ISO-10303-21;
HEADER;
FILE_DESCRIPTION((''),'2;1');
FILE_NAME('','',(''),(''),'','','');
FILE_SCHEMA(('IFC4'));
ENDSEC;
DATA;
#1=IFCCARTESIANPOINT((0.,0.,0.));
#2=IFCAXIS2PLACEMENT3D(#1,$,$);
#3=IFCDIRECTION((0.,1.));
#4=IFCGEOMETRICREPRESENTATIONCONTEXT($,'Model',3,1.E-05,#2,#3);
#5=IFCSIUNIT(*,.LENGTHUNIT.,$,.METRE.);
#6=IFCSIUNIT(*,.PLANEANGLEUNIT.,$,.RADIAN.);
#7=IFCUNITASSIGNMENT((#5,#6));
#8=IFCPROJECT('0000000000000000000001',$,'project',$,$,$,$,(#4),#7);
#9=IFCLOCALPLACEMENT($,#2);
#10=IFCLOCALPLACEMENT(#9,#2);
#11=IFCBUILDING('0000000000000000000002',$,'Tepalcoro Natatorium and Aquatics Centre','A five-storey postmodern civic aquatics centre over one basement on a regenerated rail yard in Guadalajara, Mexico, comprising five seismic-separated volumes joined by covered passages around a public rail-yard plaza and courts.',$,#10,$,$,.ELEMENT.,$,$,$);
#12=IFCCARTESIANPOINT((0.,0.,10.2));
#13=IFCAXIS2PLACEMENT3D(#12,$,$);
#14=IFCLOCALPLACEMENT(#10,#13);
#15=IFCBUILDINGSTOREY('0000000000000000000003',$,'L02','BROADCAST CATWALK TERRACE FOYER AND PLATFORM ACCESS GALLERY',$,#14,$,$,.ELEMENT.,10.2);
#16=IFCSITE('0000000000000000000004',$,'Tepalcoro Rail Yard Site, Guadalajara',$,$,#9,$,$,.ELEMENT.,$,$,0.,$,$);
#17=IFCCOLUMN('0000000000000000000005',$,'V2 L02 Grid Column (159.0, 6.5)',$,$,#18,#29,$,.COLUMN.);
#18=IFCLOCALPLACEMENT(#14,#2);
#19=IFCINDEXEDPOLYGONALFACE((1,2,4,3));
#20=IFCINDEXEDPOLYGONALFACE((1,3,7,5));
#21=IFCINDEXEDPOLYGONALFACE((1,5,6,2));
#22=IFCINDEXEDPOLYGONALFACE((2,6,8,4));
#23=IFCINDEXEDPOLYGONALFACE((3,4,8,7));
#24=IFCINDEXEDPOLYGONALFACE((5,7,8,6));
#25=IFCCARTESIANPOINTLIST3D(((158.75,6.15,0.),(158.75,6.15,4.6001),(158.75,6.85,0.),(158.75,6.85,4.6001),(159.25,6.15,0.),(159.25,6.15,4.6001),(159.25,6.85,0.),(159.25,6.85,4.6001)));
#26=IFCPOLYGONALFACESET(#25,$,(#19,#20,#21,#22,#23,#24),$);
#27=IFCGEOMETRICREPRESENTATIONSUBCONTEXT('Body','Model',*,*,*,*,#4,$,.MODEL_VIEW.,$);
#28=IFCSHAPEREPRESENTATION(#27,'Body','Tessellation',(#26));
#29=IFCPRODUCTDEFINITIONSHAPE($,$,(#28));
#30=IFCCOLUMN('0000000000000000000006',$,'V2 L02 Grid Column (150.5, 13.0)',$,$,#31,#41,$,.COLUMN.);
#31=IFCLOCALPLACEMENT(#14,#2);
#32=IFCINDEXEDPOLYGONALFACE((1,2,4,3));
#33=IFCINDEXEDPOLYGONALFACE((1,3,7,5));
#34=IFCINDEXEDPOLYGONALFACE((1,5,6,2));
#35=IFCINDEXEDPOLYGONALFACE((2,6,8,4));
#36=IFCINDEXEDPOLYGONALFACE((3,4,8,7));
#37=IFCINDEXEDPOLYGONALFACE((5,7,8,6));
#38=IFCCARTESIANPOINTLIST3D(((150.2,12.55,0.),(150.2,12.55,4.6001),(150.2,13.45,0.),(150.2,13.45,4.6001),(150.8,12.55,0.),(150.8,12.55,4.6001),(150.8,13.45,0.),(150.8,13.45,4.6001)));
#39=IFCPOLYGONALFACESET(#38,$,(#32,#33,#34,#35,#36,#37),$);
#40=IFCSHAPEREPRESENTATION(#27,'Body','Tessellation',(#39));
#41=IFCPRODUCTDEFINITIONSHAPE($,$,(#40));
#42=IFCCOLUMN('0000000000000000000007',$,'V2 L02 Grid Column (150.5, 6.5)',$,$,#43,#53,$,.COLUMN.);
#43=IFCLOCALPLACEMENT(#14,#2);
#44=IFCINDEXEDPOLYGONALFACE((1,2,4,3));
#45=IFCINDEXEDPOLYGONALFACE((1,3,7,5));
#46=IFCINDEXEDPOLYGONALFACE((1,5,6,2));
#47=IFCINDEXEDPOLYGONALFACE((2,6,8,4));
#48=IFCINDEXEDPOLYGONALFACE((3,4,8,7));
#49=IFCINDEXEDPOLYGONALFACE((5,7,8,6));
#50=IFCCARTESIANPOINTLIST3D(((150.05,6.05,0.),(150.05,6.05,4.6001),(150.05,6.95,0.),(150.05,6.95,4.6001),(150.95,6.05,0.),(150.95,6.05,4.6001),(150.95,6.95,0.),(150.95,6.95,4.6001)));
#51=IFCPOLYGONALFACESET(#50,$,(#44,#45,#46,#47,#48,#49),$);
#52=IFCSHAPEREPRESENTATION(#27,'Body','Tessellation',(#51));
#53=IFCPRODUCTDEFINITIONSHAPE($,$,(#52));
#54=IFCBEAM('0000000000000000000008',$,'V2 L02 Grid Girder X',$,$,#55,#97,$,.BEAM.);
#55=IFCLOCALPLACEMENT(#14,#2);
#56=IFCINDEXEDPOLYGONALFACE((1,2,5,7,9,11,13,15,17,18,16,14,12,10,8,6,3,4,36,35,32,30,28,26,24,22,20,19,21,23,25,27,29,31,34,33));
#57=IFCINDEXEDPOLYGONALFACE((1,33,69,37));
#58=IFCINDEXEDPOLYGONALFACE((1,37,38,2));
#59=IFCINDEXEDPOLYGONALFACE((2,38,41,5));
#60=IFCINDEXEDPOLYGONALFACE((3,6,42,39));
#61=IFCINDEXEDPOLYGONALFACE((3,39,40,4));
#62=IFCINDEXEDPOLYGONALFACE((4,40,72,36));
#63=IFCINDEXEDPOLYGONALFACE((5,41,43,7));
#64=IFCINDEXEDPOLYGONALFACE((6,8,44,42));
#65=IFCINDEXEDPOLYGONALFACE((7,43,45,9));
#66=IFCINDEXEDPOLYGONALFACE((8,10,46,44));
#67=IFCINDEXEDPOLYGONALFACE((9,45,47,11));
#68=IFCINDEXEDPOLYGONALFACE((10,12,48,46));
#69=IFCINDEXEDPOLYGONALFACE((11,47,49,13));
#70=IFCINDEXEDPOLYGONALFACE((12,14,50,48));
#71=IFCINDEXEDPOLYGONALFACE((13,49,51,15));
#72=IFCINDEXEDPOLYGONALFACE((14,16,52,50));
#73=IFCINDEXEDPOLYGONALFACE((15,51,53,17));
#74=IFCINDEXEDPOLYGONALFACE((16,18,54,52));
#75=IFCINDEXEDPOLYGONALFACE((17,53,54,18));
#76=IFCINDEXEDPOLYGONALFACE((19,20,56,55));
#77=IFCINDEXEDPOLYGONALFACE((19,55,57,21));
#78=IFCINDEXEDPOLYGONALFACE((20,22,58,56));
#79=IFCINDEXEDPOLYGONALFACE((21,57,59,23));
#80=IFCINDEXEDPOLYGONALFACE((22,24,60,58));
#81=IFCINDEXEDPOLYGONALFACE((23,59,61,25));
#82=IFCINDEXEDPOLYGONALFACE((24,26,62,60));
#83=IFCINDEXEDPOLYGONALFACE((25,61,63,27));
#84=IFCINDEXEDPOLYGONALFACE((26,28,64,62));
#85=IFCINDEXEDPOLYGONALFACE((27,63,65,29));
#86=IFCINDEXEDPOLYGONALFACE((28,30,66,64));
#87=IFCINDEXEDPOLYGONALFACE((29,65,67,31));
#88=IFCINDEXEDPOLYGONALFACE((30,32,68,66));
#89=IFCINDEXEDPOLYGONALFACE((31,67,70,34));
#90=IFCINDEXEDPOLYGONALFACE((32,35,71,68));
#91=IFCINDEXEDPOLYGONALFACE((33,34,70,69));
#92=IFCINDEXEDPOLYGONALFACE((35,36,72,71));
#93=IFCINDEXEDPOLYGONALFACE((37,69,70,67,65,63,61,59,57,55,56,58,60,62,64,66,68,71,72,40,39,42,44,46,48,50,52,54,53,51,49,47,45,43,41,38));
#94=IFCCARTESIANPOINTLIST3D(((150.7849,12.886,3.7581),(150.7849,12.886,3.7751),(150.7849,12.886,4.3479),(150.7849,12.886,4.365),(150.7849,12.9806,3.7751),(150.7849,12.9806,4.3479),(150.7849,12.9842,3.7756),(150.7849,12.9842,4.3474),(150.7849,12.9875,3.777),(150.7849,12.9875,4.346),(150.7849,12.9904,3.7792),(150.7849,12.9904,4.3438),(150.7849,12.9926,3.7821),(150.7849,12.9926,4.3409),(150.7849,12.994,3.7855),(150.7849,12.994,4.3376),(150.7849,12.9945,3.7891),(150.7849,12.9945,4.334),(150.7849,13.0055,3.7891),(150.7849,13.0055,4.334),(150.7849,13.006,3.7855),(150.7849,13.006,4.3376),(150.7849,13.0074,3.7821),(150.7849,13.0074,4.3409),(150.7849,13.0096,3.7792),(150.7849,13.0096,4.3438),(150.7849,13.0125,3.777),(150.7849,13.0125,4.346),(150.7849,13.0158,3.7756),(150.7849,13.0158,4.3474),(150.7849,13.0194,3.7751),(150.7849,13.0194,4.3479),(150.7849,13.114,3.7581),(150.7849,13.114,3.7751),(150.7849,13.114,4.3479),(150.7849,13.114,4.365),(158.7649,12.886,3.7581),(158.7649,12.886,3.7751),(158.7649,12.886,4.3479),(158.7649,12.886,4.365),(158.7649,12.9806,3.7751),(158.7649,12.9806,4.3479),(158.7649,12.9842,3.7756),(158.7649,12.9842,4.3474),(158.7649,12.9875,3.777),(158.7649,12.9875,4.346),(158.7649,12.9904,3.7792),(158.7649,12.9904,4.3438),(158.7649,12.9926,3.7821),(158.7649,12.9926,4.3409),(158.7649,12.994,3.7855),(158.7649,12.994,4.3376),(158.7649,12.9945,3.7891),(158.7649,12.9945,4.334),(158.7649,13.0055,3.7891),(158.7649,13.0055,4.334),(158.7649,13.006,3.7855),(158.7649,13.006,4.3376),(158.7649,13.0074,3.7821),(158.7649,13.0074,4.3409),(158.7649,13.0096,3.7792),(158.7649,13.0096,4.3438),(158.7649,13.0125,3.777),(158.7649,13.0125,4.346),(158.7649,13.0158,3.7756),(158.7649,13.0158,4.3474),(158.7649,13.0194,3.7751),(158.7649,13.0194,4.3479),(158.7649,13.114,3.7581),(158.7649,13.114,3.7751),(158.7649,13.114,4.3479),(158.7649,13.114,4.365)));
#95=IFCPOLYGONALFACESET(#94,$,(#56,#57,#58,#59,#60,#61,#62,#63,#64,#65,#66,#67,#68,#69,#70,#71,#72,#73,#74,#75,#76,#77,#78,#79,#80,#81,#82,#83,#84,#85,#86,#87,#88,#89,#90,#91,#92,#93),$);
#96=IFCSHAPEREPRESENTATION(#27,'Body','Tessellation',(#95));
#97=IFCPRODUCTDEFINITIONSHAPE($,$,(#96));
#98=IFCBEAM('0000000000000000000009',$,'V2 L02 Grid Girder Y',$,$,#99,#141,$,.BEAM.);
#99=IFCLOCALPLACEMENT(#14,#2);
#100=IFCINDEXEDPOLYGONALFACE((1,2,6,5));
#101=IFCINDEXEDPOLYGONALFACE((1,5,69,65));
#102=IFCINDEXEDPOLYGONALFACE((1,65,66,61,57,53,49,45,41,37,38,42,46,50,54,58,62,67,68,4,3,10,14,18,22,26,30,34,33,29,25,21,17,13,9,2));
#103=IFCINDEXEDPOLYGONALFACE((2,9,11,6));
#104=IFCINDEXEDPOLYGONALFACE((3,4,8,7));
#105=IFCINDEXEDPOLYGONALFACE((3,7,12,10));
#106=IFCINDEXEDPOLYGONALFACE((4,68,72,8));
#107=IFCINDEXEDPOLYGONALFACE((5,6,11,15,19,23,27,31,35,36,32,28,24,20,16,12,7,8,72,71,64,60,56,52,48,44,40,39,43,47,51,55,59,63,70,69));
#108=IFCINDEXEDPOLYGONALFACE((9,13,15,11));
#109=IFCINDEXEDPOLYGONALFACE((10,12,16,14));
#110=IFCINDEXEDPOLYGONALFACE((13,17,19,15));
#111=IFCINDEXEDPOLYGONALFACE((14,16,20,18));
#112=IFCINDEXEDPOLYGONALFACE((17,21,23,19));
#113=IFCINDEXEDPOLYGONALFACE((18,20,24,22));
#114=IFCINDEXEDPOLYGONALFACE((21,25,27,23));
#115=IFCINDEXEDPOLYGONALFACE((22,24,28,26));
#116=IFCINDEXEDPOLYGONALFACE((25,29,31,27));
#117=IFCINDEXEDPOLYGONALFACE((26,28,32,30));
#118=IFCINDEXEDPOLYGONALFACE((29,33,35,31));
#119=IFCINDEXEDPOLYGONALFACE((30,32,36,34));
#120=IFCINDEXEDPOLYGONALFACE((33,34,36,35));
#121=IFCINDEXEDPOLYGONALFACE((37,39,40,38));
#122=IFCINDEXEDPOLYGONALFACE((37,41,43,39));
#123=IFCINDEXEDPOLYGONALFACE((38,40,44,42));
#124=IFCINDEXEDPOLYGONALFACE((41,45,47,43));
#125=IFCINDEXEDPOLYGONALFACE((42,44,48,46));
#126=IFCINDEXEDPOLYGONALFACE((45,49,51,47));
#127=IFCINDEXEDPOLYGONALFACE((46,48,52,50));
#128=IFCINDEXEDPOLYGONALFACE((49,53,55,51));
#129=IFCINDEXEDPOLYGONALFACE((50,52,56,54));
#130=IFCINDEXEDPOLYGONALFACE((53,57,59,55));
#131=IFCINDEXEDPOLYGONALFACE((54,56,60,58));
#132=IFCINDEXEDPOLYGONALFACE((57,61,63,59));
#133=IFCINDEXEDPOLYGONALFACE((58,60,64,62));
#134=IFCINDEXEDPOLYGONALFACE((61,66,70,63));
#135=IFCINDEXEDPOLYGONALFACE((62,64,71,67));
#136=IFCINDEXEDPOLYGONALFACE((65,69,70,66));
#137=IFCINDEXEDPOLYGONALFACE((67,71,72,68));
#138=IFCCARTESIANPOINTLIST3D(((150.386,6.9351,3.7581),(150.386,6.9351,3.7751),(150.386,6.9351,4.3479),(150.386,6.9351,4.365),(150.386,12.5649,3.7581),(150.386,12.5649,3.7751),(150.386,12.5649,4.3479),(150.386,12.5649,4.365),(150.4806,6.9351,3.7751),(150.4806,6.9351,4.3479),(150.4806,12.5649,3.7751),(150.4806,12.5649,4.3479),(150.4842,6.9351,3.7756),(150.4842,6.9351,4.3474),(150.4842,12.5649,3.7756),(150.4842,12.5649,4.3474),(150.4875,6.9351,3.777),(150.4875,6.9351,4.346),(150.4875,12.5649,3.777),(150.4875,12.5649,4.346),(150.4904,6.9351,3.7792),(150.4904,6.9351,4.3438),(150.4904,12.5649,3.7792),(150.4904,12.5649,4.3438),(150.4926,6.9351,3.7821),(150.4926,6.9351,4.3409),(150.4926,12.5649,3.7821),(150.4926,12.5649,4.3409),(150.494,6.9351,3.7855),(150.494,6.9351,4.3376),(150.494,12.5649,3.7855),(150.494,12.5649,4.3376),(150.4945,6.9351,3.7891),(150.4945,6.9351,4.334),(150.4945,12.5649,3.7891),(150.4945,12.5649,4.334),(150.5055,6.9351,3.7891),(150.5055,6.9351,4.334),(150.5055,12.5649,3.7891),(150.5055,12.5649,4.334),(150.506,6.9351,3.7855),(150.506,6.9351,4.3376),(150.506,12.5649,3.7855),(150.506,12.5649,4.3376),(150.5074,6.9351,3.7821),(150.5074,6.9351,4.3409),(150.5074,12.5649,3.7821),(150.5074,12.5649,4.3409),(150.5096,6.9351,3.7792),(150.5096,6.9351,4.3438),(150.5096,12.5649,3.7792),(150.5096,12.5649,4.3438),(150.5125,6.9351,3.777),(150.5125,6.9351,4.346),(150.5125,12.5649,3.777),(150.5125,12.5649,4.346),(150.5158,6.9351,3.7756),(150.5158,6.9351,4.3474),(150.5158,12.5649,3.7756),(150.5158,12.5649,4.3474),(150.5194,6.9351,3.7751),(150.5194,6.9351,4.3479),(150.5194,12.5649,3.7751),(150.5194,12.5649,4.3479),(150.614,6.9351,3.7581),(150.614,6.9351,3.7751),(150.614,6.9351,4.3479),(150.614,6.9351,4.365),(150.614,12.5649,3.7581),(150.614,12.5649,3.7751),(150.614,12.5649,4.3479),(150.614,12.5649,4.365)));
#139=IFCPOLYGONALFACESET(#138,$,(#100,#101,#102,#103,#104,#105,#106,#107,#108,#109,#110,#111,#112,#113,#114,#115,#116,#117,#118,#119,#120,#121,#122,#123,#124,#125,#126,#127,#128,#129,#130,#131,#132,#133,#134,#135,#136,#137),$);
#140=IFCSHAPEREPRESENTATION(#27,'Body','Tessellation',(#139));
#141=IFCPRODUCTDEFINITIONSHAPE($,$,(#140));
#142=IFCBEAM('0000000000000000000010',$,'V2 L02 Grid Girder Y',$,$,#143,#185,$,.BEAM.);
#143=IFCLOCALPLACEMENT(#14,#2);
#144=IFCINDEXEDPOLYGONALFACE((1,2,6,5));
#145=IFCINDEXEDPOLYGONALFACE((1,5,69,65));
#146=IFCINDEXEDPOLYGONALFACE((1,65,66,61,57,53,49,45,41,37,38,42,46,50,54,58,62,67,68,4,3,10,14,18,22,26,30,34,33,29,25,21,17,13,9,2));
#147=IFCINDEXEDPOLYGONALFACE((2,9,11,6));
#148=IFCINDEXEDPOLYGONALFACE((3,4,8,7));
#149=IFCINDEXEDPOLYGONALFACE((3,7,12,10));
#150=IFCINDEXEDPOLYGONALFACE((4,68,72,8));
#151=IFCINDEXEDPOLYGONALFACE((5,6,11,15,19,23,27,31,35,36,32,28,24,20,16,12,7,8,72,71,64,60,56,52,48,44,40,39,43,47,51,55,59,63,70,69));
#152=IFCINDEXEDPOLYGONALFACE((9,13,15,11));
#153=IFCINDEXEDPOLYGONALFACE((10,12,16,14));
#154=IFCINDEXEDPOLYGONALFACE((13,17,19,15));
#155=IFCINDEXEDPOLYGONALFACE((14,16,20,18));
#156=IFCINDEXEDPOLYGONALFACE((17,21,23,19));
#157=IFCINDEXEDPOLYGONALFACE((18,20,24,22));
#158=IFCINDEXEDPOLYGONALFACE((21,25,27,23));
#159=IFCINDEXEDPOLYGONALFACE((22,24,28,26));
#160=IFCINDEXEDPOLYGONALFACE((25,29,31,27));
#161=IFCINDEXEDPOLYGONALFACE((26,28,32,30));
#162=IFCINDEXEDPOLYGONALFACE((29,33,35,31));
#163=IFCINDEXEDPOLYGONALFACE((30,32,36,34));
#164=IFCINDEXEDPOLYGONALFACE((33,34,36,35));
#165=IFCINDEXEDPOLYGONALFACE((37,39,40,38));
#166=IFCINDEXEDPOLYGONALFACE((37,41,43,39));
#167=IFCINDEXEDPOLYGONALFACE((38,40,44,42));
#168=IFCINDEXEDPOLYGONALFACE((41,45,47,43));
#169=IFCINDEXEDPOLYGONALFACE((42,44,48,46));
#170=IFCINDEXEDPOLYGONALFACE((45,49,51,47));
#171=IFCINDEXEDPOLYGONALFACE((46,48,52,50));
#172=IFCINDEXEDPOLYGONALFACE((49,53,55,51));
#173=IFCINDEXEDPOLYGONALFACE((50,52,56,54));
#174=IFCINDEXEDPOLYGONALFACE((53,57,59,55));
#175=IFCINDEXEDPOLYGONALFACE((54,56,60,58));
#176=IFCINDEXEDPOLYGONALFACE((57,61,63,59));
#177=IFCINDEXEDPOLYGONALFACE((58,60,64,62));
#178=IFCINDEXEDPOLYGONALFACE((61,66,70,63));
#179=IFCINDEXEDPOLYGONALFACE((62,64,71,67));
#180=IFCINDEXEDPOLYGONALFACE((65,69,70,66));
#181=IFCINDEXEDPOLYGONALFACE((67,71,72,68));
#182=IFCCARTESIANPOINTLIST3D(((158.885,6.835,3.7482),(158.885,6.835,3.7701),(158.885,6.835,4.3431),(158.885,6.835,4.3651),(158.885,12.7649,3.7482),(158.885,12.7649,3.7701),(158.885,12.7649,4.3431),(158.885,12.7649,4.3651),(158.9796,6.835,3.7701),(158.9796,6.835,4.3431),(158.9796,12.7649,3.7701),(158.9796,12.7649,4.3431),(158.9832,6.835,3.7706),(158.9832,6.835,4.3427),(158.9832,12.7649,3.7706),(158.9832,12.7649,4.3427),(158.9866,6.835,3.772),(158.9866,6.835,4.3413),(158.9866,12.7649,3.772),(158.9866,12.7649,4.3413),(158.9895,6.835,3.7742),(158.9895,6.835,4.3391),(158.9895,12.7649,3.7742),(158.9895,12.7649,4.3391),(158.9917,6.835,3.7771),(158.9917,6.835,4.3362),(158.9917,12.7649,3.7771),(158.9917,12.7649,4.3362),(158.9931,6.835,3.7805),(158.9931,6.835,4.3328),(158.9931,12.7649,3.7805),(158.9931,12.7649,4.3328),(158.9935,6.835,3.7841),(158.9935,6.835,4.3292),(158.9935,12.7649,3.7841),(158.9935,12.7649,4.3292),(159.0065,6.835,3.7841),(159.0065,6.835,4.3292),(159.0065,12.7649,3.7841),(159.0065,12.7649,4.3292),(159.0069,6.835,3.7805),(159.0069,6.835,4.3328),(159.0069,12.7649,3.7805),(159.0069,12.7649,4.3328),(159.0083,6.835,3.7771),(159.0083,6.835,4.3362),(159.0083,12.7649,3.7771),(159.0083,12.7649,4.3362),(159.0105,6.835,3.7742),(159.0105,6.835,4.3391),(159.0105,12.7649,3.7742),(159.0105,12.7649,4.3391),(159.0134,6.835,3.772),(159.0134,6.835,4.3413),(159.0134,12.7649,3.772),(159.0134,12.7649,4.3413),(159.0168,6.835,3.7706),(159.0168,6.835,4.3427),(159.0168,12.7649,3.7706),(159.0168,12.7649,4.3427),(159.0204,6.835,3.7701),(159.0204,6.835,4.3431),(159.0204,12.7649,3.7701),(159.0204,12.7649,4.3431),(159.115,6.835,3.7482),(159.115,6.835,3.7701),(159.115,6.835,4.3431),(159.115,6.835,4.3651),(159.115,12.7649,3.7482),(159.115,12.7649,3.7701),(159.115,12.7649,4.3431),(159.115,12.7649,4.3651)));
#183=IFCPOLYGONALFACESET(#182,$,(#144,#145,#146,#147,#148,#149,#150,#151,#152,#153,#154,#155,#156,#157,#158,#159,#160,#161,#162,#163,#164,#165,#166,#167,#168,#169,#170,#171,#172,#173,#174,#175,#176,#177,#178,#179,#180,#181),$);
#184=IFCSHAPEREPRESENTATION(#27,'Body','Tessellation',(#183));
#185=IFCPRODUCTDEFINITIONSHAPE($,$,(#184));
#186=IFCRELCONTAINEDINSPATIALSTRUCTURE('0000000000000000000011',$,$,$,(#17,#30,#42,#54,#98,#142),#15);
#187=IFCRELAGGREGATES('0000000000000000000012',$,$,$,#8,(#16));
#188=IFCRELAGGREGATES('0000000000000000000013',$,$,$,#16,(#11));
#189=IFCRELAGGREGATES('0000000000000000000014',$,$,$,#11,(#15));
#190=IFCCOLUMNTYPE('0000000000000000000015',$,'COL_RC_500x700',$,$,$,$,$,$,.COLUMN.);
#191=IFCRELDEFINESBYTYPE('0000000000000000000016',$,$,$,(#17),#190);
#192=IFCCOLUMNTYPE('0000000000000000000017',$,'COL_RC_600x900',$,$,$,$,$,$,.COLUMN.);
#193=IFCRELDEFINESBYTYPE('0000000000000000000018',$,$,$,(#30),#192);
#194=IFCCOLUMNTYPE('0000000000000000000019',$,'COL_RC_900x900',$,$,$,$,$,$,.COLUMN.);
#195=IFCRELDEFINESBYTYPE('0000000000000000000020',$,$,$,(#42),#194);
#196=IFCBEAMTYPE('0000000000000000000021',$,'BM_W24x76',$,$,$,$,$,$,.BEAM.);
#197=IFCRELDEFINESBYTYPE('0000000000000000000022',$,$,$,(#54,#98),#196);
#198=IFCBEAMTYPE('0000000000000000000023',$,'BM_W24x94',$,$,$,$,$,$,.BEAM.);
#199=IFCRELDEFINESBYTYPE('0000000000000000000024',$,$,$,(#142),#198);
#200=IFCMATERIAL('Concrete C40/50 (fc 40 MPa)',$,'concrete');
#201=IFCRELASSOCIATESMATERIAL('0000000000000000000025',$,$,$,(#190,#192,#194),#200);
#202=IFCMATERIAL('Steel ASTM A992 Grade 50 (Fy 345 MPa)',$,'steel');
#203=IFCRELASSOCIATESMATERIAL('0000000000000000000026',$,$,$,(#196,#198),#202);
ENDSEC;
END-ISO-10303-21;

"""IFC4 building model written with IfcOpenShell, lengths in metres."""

from ifc_helpers import new_model, si_unit, direction, frame, origin, origin_2d, place, context, subcontext, project, spatial, rectangle, i_section, extrude, material, material_profile, profile_set, type_object, element, save


model = new_model("IFC4")

# Units and contexts
model_context = context("Model", 3, precision=1e-05, world=origin(), true_north=direction((0.0, 1.0)))
body_context = subcontext(model_context, "Body", "Model", "MODEL_VIEW")
ifc_project = project(units=[si_unit("LENGTHUNIT", "METRE"), si_unit("PLANEANGLEUNIT", "RADIAN")], contexts=[model_context])

# Site, building, storey
site_placement = place(None, origin())
site = spatial("IfcSite", under=ifc_project, at=site_placement, Name="Tepalcoro Rail Yard Site, Guadalajara", CompositionType="ELEMENT", RefElevation=0.0)
building_placement = place(site_placement, origin())
building = spatial("IfcBuilding", under=site, at=building_placement, Name="Tepalcoro Natatorium and Aquatics Centre", Description="A five-storey postmodern civic aquatics centre over one basement on a regenerated rail yard in Guadalajara, Mexico, comprising five seismic-separated volumes joined by covered passages around a public rail-yard plaza and courts.", CompositionType="ELEMENT")
storey_placement = place(building_placement, frame((0.0, 0.0, 10.2)))
storey = spatial("IfcBuildingStorey", under=building, at=storey_placement, Name="L02", Description="BROADCAST CATWALK TERRACE FOYER AND PLATFORM ACCESS GALLERY", CompositionType="ELEMENT", Elevation=10.2)

# Columns
ifc_material_1 = material(Name="Concrete C40/50 (fc 40 MPa)", Category="concrete")
ifc_material_profile_1 = material_profile(ifc_material_1, rectangle(XDim=0.5, YDim=0.7, at=origin_2d()), Name="RC500x700")
ifc_profile_set_1 = profile_set([ifc_material_profile_1], Name="Concrete C40/50 (fc 40 MPa)")
column_type_1 = type_object("IfcColumnType", Name="COL_RC_500x700", PredefinedType="COLUMN", material=ifc_profile_set_1)
column_1_placement = place(storey_placement, frame((159.0, 6.5, 0.0), z_axis=(0.0, 0.0, 1.0), x_axis=(1.0, 0.0, 0.0)))
element("IfcColumn", 1, at=column_1_placement, inside=storey, type_object=column_type_1, Name="V2 L02 Grid Column (159.0, 6.5)", PredefinedType="COLUMN", context=body_context, shape_type="SweptSolid", body=[
    extrude(rectangle(XDim=0.5, YDim=0.7, at=origin_2d()), origin(), (0.0, 0.0, 1.0), 4.6001),
])
ifc_material_profile_2 = material_profile(ifc_material_1, rectangle(XDim=0.6001, YDim=0.8999, at=origin_2d()), Name="RC600x900")
ifc_profile_set_2 = profile_set([ifc_material_profile_2], Name="Concrete C40/50 (fc 40 MPa)")
column_type_2 = type_object("IfcColumnType", Name="COL_RC_600x900", PredefinedType="COLUMN", material=ifc_profile_set_2)
column_2_placement = place(storey_placement, frame((150.5, 13.0, 0.0), z_axis=(0.0, 0.0, 1.0), x_axis=(1.0, 0.0, 0.0)))
element("IfcColumn", 2, at=column_2_placement, inside=storey, type_object=column_type_2, Name="V2 L02 Grid Column (150.5, 13.0)", PredefinedType="COLUMN", context=body_context, shape_type="SweptSolid", body=[
    extrude(rectangle(XDim=0.6001, YDim=0.8999, at=origin_2d()), origin(), (0.0, 0.0, 1.0), 4.6001),
])
ifc_material_profile_3 = material_profile(ifc_material_1, rectangle(XDim=0.8999, YDim=0.8999, at=origin_2d()), Name="RC900x900")
ifc_profile_set_3 = profile_set([ifc_material_profile_3], Name="Concrete C40/50 (fc 40 MPa)")
column_type_3 = type_object("IfcColumnType", Name="COL_RC_900x900", PredefinedType="COLUMN", material=ifc_profile_set_3)
column_3_placement = place(storey_placement, frame((150.5, 6.5, 0.0), z_axis=(0.0, 0.0, 1.0), x_axis=(1.0, 0.0, 0.0)))
element("IfcColumn", 3, at=column_3_placement, inside=storey, type_object=column_type_3, Name="V2 L02 Grid Column (150.5, 6.5)", PredefinedType="COLUMN", context=body_context, shape_type="SweptSolid", body=[
    extrude(rectangle(XDim=0.8999, YDim=0.8999, at=origin_2d()), origin(), (0.0, 0.0, 1.0), 4.6001),
])

# Beams
ifc_material_2 = material(Name="Steel ASTM A992 Grade 50 (Fy 345 MPa)", Category="steel")
ifc_material_profile_4 = material_profile(ifc_material_2, i_section(OverallWidth=0.228, OverallDepth=0.6069, WebThickness=0.011, FlangeThickness=0.0171, FilletRadius=0.0139, at=origin_2d()), Name="W24X76")
ifc_profile_set_4 = profile_set([ifc_material_profile_4], Name="Steel ASTM A992 Grade 50 (Fy 345 MPa)")
beam_type_1 = type_object("IfcBeamType", Name="BM_W24x76", PredefinedType="BEAM", material=ifc_profile_set_4)
beam_1_placement = place(storey_placement, frame((150.7849, 13.0, 4.0615), z_axis=(1.0, 0.0, 0.0), x_axis=(0.0, 1.0, 0.0)))
element("IfcBeam", 4, at=beam_1_placement, inside=storey, type_object=beam_type_1, Name="V2 L02 Grid Girder X", PredefinedType="BEAM", context=body_context, shape_type="SweptSolid", body=[
    extrude(i_section(OverallWidth=0.228, OverallDepth=0.6069, WebThickness=0.011, FlangeThickness=0.0171, FilletRadius=0.0139, at=origin_2d()), origin(), (0.0, 0.0, 1.0), 7.98),
])
beam_2_placement = place(storey_placement, frame((150.5, 6.9351, 4.0615), z_axis=(0.0, 1.0, 0.0), x_axis=(-1.0, 0.0, 0.0)))
element("IfcBeam", 5, at=beam_2_placement, inside=storey, type_object=beam_type_1, Name="V2 L02 Grid Girder Y", PredefinedType="BEAM", context=body_context, shape_type="SweptSolid", body=[
    extrude(i_section(OverallWidth=0.228, OverallDepth=0.6069, WebThickness=0.011, FlangeThickness=0.0171, FilletRadius=0.0139, at=origin_2d()), origin(), (0.0, 0.0, 1.0), 5.6299),
])
ifc_material_profile_5 = material_profile(ifc_material_2, i_section(OverallWidth=0.23, OverallDepth=0.6169, WebThickness=0.0129, FlangeThickness=0.022, FilletRadius=0.0139, at=origin_2d()), Name="W24X94")
ifc_profile_set_5 = profile_set([ifc_material_profile_5], Name="Steel ASTM A992 Grade 50 (Fy 345 MPa)")
beam_type_2 = type_object("IfcBeamType", Name="BM_W24x94", PredefinedType="BEAM", material=ifc_profile_set_5)
beam_3_placement = place(storey_placement, frame((159.0, 6.835, 4.0566), z_axis=(0.0, 1.0, 0.0), x_axis=(-1.0, 0.0, 0.0)))
element("IfcBeam", 6, at=beam_3_placement, inside=storey, type_object=beam_type_2, Name="V2 L02 Grid Girder Y", PredefinedType="BEAM", context=body_context, shape_type="SweptSolid", body=[
    extrude(i_section(OverallWidth=0.23, OverallDepth=0.6169, WebThickness=0.0129, FlangeThickness=0.022, FilletRadius=0.0139, at=origin_2d()), origin(), (0.0, 0.0, 1.0), 5.9299),
])

save(model, "model.ifc")
